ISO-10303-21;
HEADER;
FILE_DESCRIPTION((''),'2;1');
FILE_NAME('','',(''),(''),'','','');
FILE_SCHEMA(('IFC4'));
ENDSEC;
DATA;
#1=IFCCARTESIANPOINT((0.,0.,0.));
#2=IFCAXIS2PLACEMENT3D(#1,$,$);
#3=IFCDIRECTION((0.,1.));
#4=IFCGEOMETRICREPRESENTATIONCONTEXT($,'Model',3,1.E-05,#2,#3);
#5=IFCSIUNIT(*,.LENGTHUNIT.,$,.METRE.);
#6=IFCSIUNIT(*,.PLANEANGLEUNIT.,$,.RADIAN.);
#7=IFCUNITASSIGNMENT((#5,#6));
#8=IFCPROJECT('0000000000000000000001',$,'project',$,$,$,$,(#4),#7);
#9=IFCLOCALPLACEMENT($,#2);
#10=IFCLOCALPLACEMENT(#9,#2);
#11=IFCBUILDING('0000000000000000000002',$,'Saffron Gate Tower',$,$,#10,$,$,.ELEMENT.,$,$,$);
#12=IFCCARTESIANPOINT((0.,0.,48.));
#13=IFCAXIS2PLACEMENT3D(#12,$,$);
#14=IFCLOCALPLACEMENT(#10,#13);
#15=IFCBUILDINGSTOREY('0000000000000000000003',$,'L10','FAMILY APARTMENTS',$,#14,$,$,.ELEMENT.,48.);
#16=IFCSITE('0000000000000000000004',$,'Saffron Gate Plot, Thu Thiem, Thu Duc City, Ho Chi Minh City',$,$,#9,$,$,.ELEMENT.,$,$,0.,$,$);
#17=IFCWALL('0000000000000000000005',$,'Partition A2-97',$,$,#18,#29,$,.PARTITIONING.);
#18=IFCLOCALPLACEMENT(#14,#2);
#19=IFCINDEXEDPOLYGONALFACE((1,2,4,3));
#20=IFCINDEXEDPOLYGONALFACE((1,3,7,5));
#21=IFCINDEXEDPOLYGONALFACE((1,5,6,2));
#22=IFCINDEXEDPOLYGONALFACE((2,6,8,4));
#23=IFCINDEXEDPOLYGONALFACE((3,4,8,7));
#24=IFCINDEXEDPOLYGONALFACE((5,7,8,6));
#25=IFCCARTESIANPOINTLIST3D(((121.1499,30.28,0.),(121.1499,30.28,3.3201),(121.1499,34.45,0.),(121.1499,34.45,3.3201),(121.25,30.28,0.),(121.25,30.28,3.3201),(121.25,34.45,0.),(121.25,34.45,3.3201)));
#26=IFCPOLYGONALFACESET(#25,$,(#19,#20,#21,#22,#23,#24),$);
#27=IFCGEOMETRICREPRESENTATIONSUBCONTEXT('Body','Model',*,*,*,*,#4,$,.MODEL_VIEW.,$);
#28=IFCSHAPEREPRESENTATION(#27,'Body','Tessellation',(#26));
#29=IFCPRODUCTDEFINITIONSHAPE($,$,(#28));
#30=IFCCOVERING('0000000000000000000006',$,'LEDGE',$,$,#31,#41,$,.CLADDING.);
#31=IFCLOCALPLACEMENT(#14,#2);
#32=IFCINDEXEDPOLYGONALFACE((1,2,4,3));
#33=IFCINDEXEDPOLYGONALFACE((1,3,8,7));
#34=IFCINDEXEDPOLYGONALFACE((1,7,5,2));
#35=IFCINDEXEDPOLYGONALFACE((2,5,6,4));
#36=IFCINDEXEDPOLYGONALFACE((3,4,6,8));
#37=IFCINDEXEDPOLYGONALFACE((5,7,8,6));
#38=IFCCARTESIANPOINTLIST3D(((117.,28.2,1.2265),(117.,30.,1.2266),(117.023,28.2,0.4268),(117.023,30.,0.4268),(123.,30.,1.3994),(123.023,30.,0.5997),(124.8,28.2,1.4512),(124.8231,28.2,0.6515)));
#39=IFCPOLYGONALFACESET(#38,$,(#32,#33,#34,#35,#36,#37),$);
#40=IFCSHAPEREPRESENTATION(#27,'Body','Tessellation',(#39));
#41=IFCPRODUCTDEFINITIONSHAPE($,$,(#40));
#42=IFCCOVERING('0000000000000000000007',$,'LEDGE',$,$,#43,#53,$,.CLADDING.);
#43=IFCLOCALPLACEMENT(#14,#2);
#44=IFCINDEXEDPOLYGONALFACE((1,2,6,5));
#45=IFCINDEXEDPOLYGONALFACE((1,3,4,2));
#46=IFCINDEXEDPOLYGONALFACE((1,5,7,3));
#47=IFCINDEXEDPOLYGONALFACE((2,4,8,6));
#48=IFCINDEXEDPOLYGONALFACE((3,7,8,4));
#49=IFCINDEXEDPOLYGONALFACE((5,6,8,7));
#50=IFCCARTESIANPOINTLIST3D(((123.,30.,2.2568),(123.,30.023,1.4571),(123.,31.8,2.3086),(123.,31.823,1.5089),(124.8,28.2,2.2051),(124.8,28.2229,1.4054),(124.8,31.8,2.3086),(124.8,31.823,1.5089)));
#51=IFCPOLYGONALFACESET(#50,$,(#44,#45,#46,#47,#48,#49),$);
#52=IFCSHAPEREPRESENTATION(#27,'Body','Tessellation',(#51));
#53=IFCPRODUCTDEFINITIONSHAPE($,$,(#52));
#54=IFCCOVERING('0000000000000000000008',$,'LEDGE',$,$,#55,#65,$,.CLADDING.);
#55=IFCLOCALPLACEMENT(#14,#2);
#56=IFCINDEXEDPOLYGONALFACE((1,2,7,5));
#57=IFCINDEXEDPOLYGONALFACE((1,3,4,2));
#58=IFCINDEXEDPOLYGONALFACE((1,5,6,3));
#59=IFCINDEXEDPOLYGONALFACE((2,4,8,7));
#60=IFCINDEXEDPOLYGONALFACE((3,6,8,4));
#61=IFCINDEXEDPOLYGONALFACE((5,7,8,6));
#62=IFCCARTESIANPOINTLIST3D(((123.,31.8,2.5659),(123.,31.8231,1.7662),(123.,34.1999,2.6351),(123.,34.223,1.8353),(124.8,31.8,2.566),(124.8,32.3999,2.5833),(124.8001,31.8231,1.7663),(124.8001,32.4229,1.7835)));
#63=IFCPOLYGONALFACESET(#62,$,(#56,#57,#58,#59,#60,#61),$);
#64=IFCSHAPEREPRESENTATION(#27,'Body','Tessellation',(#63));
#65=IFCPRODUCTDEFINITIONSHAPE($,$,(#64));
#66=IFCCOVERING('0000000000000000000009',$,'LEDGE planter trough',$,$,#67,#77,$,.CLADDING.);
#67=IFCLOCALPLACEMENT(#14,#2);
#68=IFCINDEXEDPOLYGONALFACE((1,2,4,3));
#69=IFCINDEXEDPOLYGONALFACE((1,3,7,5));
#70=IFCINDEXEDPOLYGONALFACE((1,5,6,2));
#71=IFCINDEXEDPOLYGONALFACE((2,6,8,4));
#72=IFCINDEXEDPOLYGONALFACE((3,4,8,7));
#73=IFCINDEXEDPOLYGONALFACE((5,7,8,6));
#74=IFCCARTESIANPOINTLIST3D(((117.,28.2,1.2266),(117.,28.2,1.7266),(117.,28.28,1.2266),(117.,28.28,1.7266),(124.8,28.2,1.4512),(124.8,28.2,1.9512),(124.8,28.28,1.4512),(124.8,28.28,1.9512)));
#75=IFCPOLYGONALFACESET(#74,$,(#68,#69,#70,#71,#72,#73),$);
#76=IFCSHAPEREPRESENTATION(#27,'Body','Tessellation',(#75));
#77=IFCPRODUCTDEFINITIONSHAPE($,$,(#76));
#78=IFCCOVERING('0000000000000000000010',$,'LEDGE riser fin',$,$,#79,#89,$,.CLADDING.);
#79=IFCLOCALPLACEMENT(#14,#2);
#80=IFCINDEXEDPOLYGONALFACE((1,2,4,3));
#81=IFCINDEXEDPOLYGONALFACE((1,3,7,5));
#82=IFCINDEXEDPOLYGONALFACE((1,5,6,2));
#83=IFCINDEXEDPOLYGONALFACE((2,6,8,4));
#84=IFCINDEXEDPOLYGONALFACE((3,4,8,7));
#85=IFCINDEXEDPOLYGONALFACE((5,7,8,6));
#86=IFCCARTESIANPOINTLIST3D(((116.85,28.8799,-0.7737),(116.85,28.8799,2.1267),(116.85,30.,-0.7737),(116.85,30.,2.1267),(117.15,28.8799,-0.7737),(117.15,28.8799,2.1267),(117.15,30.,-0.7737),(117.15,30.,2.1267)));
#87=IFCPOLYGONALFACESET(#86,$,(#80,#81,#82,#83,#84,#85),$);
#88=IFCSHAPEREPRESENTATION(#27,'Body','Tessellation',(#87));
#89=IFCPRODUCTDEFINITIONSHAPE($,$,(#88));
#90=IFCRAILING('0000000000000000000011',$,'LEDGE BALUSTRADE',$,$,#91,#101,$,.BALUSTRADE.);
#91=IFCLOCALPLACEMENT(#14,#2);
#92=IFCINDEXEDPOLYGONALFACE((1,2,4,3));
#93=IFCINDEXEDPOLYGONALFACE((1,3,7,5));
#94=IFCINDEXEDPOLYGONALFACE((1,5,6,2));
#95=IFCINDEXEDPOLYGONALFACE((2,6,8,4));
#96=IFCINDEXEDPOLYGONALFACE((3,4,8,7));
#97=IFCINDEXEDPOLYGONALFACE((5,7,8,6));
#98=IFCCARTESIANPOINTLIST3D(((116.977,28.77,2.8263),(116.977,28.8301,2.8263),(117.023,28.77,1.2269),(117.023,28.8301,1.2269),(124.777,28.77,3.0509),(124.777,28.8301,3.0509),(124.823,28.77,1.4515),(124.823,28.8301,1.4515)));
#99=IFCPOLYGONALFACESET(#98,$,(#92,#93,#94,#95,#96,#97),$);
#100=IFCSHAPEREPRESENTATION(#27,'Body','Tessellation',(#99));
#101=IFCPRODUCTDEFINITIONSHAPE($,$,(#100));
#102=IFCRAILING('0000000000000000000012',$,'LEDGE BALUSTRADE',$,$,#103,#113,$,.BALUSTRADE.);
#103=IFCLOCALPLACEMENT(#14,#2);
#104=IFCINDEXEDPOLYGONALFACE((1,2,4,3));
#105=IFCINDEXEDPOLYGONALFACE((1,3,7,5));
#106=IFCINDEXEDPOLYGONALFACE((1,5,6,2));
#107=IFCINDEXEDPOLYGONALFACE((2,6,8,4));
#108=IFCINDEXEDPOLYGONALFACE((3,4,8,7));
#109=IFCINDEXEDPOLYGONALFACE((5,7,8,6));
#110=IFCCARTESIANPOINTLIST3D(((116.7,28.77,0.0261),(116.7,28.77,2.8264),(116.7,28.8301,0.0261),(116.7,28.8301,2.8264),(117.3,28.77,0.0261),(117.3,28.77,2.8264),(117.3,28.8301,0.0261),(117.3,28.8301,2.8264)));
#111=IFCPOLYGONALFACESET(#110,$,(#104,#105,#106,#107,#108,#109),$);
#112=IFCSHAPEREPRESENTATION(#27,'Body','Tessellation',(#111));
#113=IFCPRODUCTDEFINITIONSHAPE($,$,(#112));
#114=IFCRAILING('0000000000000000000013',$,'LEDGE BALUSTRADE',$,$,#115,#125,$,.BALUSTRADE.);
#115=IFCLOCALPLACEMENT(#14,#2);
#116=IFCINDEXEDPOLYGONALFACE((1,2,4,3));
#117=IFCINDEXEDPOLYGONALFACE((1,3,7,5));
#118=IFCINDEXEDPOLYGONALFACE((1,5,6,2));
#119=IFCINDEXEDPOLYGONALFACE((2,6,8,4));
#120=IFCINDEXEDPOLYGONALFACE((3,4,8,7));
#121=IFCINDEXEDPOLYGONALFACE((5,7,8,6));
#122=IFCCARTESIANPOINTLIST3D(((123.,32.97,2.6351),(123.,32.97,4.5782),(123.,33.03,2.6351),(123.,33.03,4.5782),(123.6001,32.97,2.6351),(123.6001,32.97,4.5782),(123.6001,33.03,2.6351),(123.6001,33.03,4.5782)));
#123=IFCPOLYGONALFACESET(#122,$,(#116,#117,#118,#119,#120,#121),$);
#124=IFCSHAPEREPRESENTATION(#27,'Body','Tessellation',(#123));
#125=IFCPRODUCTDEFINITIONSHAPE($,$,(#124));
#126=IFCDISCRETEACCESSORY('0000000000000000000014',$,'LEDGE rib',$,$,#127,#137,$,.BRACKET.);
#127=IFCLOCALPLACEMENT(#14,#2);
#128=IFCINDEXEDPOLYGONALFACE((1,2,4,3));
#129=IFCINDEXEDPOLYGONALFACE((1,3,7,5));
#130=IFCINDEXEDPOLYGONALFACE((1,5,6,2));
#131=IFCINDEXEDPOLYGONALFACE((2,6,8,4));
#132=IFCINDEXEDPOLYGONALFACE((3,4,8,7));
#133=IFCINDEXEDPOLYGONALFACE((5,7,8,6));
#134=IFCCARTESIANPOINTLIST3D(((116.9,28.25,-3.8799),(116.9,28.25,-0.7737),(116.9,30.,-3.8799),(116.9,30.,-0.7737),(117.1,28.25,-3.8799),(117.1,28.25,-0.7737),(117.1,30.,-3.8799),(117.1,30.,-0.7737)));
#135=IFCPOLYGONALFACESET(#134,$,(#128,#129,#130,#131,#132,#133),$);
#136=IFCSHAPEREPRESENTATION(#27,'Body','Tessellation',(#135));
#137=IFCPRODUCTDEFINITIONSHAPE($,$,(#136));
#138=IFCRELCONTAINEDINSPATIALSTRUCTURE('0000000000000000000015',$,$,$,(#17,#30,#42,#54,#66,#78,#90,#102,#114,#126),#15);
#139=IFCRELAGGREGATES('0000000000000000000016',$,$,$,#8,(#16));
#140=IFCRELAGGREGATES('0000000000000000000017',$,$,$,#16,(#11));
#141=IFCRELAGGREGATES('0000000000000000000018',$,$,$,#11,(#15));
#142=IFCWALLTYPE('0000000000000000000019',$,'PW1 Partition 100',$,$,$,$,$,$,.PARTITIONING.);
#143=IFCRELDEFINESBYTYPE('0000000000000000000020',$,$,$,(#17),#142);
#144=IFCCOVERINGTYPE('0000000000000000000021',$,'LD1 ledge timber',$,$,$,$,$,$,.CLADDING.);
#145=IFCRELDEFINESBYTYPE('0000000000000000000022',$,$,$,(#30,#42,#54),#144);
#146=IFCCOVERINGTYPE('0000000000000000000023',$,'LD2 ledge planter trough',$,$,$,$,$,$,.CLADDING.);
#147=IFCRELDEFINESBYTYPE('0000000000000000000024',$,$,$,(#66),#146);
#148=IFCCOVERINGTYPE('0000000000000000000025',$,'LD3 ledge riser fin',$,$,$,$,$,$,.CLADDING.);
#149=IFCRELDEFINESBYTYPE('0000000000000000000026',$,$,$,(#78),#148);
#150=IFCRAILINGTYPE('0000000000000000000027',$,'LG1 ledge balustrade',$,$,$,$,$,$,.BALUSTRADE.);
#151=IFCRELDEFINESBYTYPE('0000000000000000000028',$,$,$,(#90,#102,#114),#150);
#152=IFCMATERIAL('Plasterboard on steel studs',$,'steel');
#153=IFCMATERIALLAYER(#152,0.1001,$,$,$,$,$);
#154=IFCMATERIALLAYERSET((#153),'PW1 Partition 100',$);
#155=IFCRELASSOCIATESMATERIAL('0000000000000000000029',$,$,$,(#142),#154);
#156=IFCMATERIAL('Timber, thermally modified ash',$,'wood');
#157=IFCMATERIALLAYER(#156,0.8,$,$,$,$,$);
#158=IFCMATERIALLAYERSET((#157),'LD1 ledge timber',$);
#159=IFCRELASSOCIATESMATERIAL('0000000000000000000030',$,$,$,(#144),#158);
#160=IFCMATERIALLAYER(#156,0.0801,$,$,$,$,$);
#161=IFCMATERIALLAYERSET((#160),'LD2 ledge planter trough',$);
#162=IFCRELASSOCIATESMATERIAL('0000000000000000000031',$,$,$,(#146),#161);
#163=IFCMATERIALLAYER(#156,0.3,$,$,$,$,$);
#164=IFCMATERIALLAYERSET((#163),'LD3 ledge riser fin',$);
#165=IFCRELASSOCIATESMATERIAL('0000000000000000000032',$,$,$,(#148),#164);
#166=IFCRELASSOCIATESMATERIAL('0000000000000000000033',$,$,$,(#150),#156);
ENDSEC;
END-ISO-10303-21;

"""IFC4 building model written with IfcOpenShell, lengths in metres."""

from ifc_helpers import new_model, si_unit, direction, frame, frame_2d, origin, origin_2d, place, context, subcontext, project, spatial, polyline, rectangle, outline, extrude, material, layer, layer_set, type_object, element, save


model = new_model("IFC4")

# Units and contexts
model_context = context("Model", 3, precision=1e-05, world=origin(), true_north=direction((0.0, 1.0)))
body_context = subcontext(model_context, "Body", "Model", "MODEL_VIEW")
ifc_project = project(units=[si_unit("LENGTHUNIT", "METRE"), si_unit("PLANEANGLEUNIT", "RADIAN")], contexts=[model_context])

# Site, building, storey
site_placement = place(None, origin())
site = spatial("IfcSite", under=ifc_project, at=site_placement, Name="Saffron Gate Plot, Thu Thiem, Thu Duc City, Ho Chi Minh City", CompositionType="ELEMENT", RefElevation=0.0)
building_placement = place(site_placement, origin())
building = spatial("IfcBuilding", under=site, at=building_placement, Name="Saffron Gate Tower", CompositionType="ELEMENT")
storey_placement = place(building_placement, frame((0.0, 0.0, 48.0)))
storey = spatial("IfcBuildingStorey", under=building, at=storey_placement, Name="L10", Description="FAMILY APARTMENTS", CompositionType="ELEMENT", Elevation=48.0)

# Shared definitions
ifc_material_1 = material(Name="Plasterboard on steel studs", Category="steel")
ifc_layer_1 = layer(ifc_material_1, 0.1001)
ifc_layer_set_1 = layer_set([ifc_layer_1], Name="PW1 Partition 100")
wall_type = type_object("IfcWallType", Name="PW1 Partition 100", PredefinedType="PARTITIONING", material=ifc_layer_set_1)

# Wall
wall_1_placement = place(storey_placement, frame((121.2, 34.45, 0.0), z_axis=(0.0, 0.0, 1.0), x_axis=(0.0, -1.0, 0.0)))
element("IfcWall", 1, at=wall_1_placement, inside=storey, type_object=wall_type, Name="Partition A2-97", PredefinedType="PARTITIONING", context=body_context, shape_type="SweptSolid", body=[
    extrude(rectangle(XDim=4.1699, YDim=0.1001, at=frame_2d((2.085, 0.0))), origin(), (0.0, 0.0, 1.0), 3.3201),
])

# Coverings
ifc_material_2 = material(Name="Timber, thermally modified ash", Category="wood")
ifc_layer_2 = layer(ifc_material_2, 0.8)
ifc_layer_set_2 = layer_set([ifc_layer_2], Name="LD1 ledge timber")
covering_type_1 = type_object("IfcCoveringType", Name="LD1 ledge timber", PredefinedType="CLADDING", material=ifc_layer_set_2)
covering_1_placement = place(storey_placement, frame((117.0, 30.0, 1.2266), z_axis=(-0.028789, -0.000024, 0.999585), x_axis=(0.999585, 0.0, 0.028789)))
element("IfcCovering", 2, at=covering_1_placement, inside=storey, type_object=covering_type_1, Name="LEDGE", PredefinedType="CLADDING", context=body_context, shape_type="SweptSolid", body=[
    extrude(outline(polyline([(0.0, 0.0), (6.0025, 0.0), (7.8033, -1.8), (0.0, -1.8), (0.0, 0.0)])), origin(), (0.0, 0.0, -1.0), 0.8),
])
covering_2_placement = place(storey_placement, frame((123.0, 30.0, 2.2568), z_axis=(0.0, -0.028742, 0.999587), x_axis=(0.0, 0.999587, 0.028742)))
element("IfcCovering", 3, at=covering_2_placement, inside=storey, type_object=covering_type_1, Name="LEDGE", PredefinedType="CLADDING", context=body_context, shape_type="SweptSolid", body=[
    extrude(outline(polyline([(0.0, 0.0), (1.8008, 0.0), (1.8008, -1.8), (-1.8008, -1.8), (0.0, 0.0)])), origin(), (0.0, 0.0, -1.0), 0.8),
])
covering_3_placement = place(storey_placement, frame((123.0, 31.8, 2.5659), z_axis=(-0.000029, -0.028799, 0.999585), x_axis=(0.0, 0.999585, 0.028799)))
element("IfcCovering", 4, at=covering_3_placement, inside=storey, type_object=covering_type_1, Name="LEDGE", PredefinedType="CLADDING", context=body_context, shape_type="SweptSolid", body=[
    extrude(outline(polyline([(0.0, 0.0), (2.4009, 0.0), (0.6001, -1.8), (0.0, -1.8), (0.0, 0.0)])), origin(), (0.0, 0.0, -1.0), 0.8),
])
ifc_layer_3 = layer(ifc_material_2, 0.0801)
ifc_layer_set_3 = layer_set([ifc_layer_3], Name="LD2 ledge planter trough")
covering_type_2 = type_object("IfcCoveringType", Name="LD2 ledge planter trough", PredefinedType="CLADDING", material=ifc_layer_set_3)
covering_4_placement = place(storey_placement, frame((117.0, 28.2, 1.2266), z_axis=(0.0, -1.0, 0.0), x_axis=(0.999586, 0.0, 0.028784)))
element("IfcCovering", 5, at=covering_4_placement, inside=storey, type_object=covering_type_2, Name="LEDGE planter trough", PredefinedType="CLADDING", context=body_context, shape_type="SweptSolid", body=[
    extrude(outline(polyline([(0.0, 0.0), (7.8033, 0.0), (7.8177, 0.4998), (0.0144, 0.4998), (0.0, 0.0)])), origin(), (0.0, 0.0, -1.0), 0.0801),
])
ifc_layer_4 = layer(ifc_material_2, 0.3)
ifc_layer_set_4 = layer_set([ifc_layer_4], Name="LD3 ledge riser fin")
covering_type_3 = type_object("IfcCoveringType", Name="LD3 ledge riser fin", PredefinedType="CLADDING", material=ifc_layer_set_4)
covering_5_placement = place(storey_placement, frame((117.0, 29.4399, -0.7737), z_axis=(0.0, 0.0, 1.0), x_axis=(1.0, 0.0, 0.0)))
element("IfcCovering", 6, at=covering_5_placement, inside=storey, type_object=covering_type_3, Name="LEDGE riser fin", PredefinedType="CLADDING", context=body_context, shape_type="SweptSolid", body=[
    extrude(rectangle(XDim=0.3, YDim=1.1201, at=origin_2d()), origin(), (0.0, 0.0, 1.0), 2.9004),
])

# Railings
railing_type = type_object("IfcRailingType", Name="LG1 ledge balustrade", PredefinedType="BALUSTRADE", material=ifc_material_2)
railing_1_placement = place(storey_placement, frame((117.0, 28.8, 1.2266)))
element("IfcRailing", 7, at=railing_1_placement, inside=storey, type_object=railing_type, Name="LEDGE BALUSTRADE", PredefinedType="BALUSTRADE", context=body_context, shape_type="SweptSolid", body=[
    extrude(rectangle(XDim=0.0601, YDim=1.6001, at=origin_2d()), frame((0.0, 0.0, 0.8), z_axis=(0.999586, 0.0, 0.028784), x_axis=(0.0, 1.0, 0.0)), (0.0, 0.0, 1.0), 7.8032),
])
railing_2_placement = place(storey_placement, frame((116.7, 28.8, 0.0261)))
element("IfcRailing", 8, at=railing_2_placement, inside=storey, type_object=railing_type, Name="LEDGE BALUSTRADE", PredefinedType="BALUSTRADE", context=body_context, shape_type="SweptSolid", body=[
    extrude(rectangle(XDim=0.0601, YDim=2.8003, at=origin_2d()), frame((0.0, 0.0, 1.4001), z_axis=(1.0, 0.0, 0.0), x_axis=(0.0, 1.0, 0.0)), (0.0, 0.0, 1.0), 0.6001),
])
railing_3_placement = place(storey_placement, frame((123.0, 33.0, 2.635)))
element("IfcRailing", 9, at=railing_3_placement, inside=storey, type_object=railing_type, Name="LEDGE BALUSTRADE", PredefinedType="BALUSTRADE", context=body_context, shape_type="SweptSolid", body=[
    extrude(rectangle(XDim=0.0601, YDim=1.9431, at=origin_2d()), frame((0.0, 0.0, 0.9717), z_axis=(1.0, 0.0, 0.0), x_axis=(0.0, 1.0, 0.0)), (0.0, 0.0, 1.0), 0.6001),
])

# Discrete accessory
discrete_accessory_placement = place(storey_placement, frame((117.0, 29.125, -3.8799), z_axis=(0.0, 0.0, 1.0), x_axis=(1.0, 0.0, 0.0)))
element("IfcDiscreteAccessory", 10, at=discrete_accessory_placement, inside=storey, Name="LEDGE rib", PredefinedType="BRACKET", context=body_context, shape_type="SweptSolid", body=[
    extrude(rectangle(XDim=0.2, YDim=1.75, at=origin_2d()), origin(), (0.0, 0.0, 1.0), 3.1062),
])

save(model, "model.ifc")
